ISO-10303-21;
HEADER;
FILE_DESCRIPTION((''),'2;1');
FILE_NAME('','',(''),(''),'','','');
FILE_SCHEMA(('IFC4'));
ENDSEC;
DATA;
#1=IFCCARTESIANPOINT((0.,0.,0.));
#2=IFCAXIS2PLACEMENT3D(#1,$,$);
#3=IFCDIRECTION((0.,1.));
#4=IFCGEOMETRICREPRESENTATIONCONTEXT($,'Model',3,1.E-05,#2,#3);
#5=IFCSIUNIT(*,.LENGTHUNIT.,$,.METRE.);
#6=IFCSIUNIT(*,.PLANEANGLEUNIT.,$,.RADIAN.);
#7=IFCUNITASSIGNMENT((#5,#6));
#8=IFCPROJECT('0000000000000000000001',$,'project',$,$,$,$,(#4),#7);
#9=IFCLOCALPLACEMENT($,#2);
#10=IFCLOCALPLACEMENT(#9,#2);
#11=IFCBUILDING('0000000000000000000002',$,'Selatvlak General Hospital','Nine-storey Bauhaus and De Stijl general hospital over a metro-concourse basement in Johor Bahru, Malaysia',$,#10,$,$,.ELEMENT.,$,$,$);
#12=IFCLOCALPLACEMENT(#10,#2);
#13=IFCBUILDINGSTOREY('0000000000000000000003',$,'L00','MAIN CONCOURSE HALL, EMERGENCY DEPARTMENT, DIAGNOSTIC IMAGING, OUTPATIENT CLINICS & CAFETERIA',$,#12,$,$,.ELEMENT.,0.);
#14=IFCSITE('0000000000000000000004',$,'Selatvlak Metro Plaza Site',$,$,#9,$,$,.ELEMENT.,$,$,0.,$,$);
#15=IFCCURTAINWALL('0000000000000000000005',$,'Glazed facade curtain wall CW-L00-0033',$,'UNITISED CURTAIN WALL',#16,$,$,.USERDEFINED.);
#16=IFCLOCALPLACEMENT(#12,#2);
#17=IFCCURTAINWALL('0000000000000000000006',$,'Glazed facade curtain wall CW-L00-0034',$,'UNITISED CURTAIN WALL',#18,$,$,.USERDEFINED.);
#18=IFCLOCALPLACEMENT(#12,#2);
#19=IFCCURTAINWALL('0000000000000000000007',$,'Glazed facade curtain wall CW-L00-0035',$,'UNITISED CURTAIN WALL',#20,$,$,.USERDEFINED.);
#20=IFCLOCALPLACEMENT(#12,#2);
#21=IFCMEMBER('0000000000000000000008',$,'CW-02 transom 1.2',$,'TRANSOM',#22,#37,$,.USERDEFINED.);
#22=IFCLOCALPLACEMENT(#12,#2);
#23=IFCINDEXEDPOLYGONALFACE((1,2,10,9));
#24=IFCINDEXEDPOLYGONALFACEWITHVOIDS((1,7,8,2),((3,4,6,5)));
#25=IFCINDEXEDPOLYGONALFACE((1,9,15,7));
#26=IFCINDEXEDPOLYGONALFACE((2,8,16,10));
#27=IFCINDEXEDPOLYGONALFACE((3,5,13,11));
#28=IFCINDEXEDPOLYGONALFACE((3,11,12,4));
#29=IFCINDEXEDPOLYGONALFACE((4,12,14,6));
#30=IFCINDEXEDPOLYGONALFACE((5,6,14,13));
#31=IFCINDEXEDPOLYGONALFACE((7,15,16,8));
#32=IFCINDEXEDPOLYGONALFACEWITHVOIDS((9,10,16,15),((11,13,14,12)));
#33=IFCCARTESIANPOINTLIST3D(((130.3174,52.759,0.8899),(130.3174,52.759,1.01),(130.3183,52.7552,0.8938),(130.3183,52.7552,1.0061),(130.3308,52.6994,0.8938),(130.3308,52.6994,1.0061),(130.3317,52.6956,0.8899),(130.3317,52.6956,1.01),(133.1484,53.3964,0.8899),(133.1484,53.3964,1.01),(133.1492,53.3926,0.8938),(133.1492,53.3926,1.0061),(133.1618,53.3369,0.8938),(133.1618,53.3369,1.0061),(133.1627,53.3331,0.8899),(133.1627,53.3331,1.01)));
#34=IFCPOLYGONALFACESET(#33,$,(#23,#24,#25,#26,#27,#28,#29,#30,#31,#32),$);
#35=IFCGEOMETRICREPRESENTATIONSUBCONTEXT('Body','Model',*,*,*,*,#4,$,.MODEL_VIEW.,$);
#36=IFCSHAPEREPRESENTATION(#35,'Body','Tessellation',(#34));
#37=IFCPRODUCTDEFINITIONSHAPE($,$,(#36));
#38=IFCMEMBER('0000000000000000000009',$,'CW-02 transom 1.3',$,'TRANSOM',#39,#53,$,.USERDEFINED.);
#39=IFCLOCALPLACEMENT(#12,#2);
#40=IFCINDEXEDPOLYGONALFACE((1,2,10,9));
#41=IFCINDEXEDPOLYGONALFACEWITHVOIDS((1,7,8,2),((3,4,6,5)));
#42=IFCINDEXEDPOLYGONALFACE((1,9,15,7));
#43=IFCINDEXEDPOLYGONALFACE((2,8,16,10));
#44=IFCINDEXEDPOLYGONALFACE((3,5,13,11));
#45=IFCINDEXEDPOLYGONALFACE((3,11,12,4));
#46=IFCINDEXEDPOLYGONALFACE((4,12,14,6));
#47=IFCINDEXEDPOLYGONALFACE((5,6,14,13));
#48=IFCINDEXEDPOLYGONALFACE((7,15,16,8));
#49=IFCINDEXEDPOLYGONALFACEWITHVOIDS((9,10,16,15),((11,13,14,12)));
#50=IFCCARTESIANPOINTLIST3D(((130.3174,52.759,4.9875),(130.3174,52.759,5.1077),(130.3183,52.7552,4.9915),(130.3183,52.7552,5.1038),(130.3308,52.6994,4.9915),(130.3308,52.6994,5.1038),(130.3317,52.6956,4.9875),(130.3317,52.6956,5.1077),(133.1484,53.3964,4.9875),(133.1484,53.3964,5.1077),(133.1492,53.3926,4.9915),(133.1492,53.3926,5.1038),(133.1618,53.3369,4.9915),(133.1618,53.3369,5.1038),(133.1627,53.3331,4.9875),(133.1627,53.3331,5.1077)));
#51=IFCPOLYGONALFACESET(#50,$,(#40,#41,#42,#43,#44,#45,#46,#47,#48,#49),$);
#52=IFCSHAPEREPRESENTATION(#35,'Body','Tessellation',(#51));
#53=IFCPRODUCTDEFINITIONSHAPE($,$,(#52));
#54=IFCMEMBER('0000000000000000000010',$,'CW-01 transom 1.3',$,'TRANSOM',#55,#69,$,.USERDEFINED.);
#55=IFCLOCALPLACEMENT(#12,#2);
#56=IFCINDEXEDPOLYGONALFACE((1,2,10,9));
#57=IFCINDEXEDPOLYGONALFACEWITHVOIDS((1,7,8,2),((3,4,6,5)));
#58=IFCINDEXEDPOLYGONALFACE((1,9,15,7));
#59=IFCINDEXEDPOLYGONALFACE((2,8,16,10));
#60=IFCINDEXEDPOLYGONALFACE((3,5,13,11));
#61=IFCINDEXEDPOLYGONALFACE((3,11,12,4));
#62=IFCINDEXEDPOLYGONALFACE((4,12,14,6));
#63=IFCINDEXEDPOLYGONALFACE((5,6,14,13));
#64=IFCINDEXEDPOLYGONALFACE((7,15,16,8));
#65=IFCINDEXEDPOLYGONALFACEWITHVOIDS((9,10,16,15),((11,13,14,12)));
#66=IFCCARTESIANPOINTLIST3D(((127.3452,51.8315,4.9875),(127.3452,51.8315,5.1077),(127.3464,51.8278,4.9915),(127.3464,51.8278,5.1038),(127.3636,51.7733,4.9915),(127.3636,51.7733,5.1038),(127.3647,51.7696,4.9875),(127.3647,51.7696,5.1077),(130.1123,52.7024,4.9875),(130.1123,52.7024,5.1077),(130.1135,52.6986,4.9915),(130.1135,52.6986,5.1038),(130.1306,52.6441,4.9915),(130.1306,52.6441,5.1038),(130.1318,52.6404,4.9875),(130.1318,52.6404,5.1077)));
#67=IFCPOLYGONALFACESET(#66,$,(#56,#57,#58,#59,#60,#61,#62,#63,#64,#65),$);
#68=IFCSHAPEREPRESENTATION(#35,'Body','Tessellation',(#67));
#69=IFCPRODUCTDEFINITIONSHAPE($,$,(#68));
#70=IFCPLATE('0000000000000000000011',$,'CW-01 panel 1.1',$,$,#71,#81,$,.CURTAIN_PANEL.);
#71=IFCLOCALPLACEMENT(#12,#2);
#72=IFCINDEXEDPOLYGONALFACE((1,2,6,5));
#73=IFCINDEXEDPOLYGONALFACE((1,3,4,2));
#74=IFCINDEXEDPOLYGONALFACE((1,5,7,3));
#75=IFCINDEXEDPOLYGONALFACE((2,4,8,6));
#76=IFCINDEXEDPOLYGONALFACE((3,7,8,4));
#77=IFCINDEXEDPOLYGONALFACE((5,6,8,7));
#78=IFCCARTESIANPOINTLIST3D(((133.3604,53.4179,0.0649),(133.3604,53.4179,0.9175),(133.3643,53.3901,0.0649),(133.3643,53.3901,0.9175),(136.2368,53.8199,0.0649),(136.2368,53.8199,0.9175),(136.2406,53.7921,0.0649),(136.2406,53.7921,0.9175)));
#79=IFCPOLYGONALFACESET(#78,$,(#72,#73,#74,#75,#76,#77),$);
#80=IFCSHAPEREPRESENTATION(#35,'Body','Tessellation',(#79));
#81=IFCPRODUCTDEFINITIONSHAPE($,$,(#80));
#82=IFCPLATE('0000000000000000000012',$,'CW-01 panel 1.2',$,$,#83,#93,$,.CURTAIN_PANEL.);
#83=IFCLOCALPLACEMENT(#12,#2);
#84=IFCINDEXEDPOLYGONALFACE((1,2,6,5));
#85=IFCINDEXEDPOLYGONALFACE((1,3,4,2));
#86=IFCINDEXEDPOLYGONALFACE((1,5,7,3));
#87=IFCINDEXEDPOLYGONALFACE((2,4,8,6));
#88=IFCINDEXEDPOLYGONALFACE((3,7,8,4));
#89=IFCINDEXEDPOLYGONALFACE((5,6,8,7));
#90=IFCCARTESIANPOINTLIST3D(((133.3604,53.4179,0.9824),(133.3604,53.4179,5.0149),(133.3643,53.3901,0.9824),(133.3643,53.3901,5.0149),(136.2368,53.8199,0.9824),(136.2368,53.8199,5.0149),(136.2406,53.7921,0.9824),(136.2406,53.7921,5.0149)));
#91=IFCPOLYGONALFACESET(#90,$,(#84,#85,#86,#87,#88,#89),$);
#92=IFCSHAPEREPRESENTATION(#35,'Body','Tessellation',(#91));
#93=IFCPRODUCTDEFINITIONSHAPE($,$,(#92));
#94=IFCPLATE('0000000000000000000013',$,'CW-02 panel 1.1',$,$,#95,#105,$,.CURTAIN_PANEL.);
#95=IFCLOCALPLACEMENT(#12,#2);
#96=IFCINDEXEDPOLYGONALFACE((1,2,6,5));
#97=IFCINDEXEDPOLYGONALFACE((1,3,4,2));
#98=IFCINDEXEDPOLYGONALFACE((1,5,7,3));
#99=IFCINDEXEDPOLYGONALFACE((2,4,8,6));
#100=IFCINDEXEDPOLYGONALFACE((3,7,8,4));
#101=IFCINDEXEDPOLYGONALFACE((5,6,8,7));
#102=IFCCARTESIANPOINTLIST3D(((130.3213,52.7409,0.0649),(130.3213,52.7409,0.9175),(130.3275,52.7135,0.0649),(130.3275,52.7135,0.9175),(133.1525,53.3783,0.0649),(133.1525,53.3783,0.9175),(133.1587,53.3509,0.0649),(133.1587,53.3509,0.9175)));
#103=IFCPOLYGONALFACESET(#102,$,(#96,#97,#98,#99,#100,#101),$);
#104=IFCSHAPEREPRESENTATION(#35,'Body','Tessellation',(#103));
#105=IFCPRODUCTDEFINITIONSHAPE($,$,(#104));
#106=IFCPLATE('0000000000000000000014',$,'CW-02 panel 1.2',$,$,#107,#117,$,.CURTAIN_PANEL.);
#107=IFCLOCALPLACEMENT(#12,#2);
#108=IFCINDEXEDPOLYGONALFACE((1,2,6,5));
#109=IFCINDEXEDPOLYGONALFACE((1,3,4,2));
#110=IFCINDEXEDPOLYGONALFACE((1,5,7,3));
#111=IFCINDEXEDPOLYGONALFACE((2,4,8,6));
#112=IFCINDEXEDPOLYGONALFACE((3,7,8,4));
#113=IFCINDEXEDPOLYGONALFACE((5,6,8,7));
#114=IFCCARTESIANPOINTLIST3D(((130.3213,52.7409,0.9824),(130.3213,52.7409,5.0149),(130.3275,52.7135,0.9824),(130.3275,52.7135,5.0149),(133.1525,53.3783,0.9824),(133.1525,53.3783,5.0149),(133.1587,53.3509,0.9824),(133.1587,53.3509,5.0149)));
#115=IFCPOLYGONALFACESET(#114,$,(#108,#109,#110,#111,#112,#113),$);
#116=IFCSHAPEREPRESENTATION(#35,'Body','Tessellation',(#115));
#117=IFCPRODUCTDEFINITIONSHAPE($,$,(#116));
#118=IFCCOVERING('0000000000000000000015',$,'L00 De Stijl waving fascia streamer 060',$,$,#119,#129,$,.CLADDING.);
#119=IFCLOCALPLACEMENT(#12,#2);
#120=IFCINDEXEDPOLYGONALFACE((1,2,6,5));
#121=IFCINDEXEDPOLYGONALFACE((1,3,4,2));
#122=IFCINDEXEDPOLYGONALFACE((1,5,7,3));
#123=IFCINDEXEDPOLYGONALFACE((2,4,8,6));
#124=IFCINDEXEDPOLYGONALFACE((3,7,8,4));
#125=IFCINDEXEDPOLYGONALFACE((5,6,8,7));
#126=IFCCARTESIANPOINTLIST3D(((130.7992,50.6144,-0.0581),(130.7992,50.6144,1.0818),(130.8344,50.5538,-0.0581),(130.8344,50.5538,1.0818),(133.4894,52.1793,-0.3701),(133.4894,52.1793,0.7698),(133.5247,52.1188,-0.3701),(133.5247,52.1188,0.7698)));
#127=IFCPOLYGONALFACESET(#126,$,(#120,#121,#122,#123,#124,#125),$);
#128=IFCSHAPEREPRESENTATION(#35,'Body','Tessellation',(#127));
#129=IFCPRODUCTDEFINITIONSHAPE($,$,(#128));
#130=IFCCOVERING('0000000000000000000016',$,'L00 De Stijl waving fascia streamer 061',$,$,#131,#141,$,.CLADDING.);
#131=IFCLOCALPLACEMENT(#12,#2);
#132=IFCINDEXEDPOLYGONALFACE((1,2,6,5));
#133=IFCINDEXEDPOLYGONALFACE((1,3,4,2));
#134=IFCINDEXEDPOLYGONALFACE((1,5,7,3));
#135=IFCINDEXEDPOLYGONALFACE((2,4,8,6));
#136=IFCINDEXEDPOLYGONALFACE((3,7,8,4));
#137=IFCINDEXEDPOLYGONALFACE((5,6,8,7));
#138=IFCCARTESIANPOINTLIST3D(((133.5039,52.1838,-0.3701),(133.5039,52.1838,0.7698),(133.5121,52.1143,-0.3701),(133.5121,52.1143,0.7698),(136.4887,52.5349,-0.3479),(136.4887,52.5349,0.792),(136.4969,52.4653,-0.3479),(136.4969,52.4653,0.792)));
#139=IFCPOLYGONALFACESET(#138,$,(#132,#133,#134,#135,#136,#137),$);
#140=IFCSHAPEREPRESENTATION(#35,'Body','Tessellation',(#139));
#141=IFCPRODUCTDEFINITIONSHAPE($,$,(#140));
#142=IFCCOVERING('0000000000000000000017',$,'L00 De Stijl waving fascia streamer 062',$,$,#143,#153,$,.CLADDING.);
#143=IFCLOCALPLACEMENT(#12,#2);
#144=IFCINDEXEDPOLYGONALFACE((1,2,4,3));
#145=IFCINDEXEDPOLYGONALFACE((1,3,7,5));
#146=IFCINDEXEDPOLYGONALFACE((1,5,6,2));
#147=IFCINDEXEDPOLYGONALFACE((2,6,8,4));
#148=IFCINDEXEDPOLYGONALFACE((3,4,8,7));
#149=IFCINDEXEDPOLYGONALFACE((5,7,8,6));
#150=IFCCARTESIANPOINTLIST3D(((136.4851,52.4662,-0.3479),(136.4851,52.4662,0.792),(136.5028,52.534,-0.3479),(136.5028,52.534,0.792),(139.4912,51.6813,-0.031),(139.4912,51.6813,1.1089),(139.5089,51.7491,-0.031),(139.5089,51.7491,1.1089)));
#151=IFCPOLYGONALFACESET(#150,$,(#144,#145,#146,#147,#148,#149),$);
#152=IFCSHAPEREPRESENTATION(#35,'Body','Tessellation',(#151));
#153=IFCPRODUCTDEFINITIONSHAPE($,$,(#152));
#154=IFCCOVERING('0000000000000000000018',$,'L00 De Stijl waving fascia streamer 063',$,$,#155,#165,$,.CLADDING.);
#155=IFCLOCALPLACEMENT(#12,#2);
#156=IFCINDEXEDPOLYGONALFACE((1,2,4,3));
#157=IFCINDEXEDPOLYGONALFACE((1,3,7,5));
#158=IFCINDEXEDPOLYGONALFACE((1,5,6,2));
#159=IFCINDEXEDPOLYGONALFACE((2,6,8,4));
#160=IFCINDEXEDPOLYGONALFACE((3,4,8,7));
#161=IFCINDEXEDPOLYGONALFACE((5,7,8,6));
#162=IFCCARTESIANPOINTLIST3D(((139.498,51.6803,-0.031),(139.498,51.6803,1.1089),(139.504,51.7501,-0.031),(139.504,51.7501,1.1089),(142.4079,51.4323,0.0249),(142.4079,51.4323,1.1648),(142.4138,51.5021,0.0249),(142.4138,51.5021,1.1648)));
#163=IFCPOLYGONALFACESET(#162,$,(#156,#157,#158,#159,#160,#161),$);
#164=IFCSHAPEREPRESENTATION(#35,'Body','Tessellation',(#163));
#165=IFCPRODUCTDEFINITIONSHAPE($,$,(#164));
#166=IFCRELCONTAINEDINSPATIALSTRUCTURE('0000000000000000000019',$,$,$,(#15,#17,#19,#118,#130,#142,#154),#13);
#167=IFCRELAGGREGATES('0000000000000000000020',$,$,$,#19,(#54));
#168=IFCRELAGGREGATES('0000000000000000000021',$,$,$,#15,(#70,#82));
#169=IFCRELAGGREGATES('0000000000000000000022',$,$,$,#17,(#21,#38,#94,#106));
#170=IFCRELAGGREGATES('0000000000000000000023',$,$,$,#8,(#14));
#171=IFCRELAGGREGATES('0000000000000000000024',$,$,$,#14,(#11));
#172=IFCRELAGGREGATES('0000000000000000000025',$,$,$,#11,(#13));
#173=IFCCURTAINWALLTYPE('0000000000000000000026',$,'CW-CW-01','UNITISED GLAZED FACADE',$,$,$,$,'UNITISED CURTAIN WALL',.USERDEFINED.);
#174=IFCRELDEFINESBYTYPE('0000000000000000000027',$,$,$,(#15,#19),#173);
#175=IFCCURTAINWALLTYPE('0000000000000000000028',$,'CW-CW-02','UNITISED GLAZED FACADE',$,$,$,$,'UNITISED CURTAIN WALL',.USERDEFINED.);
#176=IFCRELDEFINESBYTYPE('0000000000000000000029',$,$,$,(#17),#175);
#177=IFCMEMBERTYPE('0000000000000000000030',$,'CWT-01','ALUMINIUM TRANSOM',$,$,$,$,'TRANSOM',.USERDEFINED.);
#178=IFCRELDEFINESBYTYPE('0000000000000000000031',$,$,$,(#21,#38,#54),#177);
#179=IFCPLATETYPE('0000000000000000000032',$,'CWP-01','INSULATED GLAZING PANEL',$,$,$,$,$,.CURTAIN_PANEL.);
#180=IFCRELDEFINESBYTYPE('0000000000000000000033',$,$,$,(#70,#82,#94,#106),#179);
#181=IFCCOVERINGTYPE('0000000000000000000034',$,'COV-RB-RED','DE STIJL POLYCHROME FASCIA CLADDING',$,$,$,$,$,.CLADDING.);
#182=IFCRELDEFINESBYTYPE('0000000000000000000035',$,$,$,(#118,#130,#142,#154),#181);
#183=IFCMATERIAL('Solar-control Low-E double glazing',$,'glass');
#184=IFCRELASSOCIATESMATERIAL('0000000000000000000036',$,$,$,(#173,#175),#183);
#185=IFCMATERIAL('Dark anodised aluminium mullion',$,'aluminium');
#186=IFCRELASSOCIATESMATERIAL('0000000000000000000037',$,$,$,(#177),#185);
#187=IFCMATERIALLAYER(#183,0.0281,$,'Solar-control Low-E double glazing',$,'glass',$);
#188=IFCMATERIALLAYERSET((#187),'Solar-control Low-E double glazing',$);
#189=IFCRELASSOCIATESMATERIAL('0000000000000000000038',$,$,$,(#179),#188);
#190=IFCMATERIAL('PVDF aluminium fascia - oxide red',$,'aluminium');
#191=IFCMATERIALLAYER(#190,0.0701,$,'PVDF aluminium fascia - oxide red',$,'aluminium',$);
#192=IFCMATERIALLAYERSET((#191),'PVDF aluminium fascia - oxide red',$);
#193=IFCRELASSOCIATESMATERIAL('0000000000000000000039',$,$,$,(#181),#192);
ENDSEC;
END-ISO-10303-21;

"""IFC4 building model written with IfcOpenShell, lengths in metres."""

from ifc_helpers import new_model, si_unit, direction, frame, origin, origin_2d, place, context, subcontext, project, spatial, polyline, rectangle, hollow_rectangle, outline, extrude, material, layer, layer_set, material_profile, profile_set, type_object, element, aggregate, save


model = new_model("IFC4")

# Units and contexts
model_context = context("Model", 3, precision=1e-05, world=origin(), true_north=direction((0.0, 1.0)))
body_context = subcontext(model_context, "Body", "Model", "MODEL_VIEW")
ifc_project = project(units=[si_unit("LENGTHUNIT", "METRE"), si_unit("PLANEANGLEUNIT", "RADIAN")], contexts=[model_context])

# Site, building, storey
site_placement = place(None, origin())
site = spatial("IfcSite", under=ifc_project, at=site_placement, Name="Selatvlak Metro Plaza Site", CompositionType="ELEMENT", RefElevation=0.0)
building_placement = place(site_placement, origin())
building = spatial("IfcBuilding", under=site, at=building_placement, Name="Selatvlak General Hospital", Description="Nine-storey Bauhaus and De Stijl general hospital over a metro-concourse basement in Johor Bahru, Malaysia", CompositionType="ELEMENT")
storey_placement = place(building_placement, origin())
storey = spatial("IfcBuildingStorey", under=building, at=storey_placement, Name="L00", Description="MAIN CONCOURSE HALL, EMERGENCY DEPARTMENT, DIAGNOSTIC IMAGING, OUTPATIENT CLINICS & CAFETERIA", CompositionType="ELEMENT", Elevation=0.0)

# Curtain wall
ifc_material_1 = material(Name="Solar-control Low-E double glazing", Category="glass")
curtain_wall_type_1 = type_object("IfcCurtainWallType", Name="CW-CW-01", Description="UNITISED GLAZED FACADE", ElementType="UNITISED CURTAIN WALL", PredefinedType="USERDEFINED", material=ifc_material_1)
curtain_wall_1_placement = place(storey_placement, origin())
curtain_wall_1 = element("IfcCurtainWall", 1, at=curtain_wall_1_placement, inside=storey, type_object=curtain_wall_type_1, Name="Glazed facade curtain wall CW-L00-0033", ObjectType="UNITISED CURTAIN WALL", PredefinedType="USERDEFINED")
ifc_material_2 = material(Name="Dark anodised aluminium mullion", Category="aluminium")

# Curtain wall
curtain_wall_type_2 = type_object("IfcCurtainWallType", Name="CW-CW-02", Description="UNITISED GLAZED FACADE", ElementType="UNITISED CURTAIN WALL", PredefinedType="USERDEFINED", material=ifc_material_1)
curtain_wall_2_placement = place(storey_placement, origin())
curtain_wall_2 = element("IfcCurtainWall", 2, at=curtain_wall_2_placement, inside=storey, type_object=curtain_wall_type_2, Name="Glazed facade curtain wall CW-L00-0034", ObjectType="UNITISED CURTAIN WALL", PredefinedType="USERDEFINED")

# Curtain wall
curtain_wall_3_placement = place(storey_placement, origin())
curtain_wall_3 = element("IfcCurtainWall", 3, at=curtain_wall_3_placement, inside=storey, type_object=curtain_wall_type_1, Name="Glazed facade curtain wall CW-L00-0035", ObjectType="UNITISED CURTAIN WALL", PredefinedType="USERDEFINED")

# Members
ifc_material_profile_1 = material_profile(ifc_material_2, hollow_rectangle(XDim=0.0649, YDim=0.1201, WallThickness=0.0039, at=origin_2d()), Name="AL-TRN 65x120x4")
ifc_profile_set_1 = profile_set([ifc_material_profile_1], Name="Dark anodised aluminium mullion")
member_type_1 = type_object("IfcMemberType", Name="CWT-01", Description="ALUMINIUM TRANSOM", ElementType="TRANSOM", PredefinedType="USERDEFINED", material=ifc_profile_set_1)
member_1_placement = place(storey_placement, frame((133.1555, 53.3647, 0.95), z_axis=(-0.975576, -0.219664, 0.0), x_axis=(0.219664, -0.975576, 0.0)))
member_1 = element("IfcMember", 4, at=member_1_placement, type_object=member_type_1, Name="CW-02 transom 1.2", ObjectType="TRANSOM", PredefinedType="USERDEFINED", context=body_context, shape_type="SweptSolid", body=[
    extrude(hollow_rectangle(XDim=0.0649, YDim=0.1201, WallThickness=0.0039, at=origin_2d()), origin(), (0.0, 0.0, 1.0), 2.9019),
])
member_2_placement = place(storey_placement, frame((133.1555, 53.3647, 5.0476), z_axis=(-0.975576, -0.219664, 0.0), x_axis=(0.219664, -0.975576, 0.0)))
member_2 = element("IfcMember", 5, at=member_2_placement, type_object=member_type_1, Name="CW-02 transom 1.3", ObjectType="TRANSOM", PredefinedType="USERDEFINED", context=body_context, shape_type="SweptSolid", body=[
    extrude(hollow_rectangle(XDim=0.0649, YDim=0.1201, WallThickness=0.0039, at=origin_2d()), origin(), (0.0, 0.0, 1.0), 2.9019),
])
member_3_placement = place(storey_placement, frame((130.1221, 52.6714, 5.0476), z_axis=(-0.953876, -0.300201, 0.0), x_axis=(0.300201, -0.953876, 0.0)))
member_3 = element("IfcMember", 6, at=member_3_placement, type_object=member_type_1, Name="CW-01 transom 1.3", ObjectType="TRANSOM", PredefinedType="USERDEFINED", context=body_context, shape_type="SweptSolid", body=[
    extrude(hollow_rectangle(XDim=0.0649, YDim=0.1201, WallThickness=0.0039, at=origin_2d()), origin(), (0.0, 0.0, 1.0), 2.9009),
])
aggregate(curtain_wall_3, [member_3])

# Plates
ifc_layer_1 = layer(ifc_material_1, 0.0281, Name="Solar-control Low-E double glazing", Category="glass")
ifc_layer_set_1 = layer_set([ifc_layer_1], Name="Solar-control Low-E double glazing")
plate_type = type_object("IfcPlateType", Name="CWP-01", Description="INSULATED GLAZING PANEL", PredefinedType="CURTAIN_PANEL", material=ifc_layer_set_1)
plate_1_placement = place(storey_placement, frame((134.8005, 53.605, 0.0649), z_axis=(0.0, 0.0, 1.0), x_axis=(-0.990373, -0.138422, 0.0)))
plate_1 = element("IfcPlate", 7, at=plate_1_placement, type_object=plate_type, Name="CW-01 panel 1.1", PredefinedType="CURTAIN_PANEL", context=body_context, shape_type="SweptSolid", body=[
    extrude(rectangle(XDim=2.9043, YDim=0.0281, at=origin_2d()), origin(), (0.0, 0.0, 1.0), 0.8525),
])
plate_2_placement = place(storey_placement, frame((134.8005, 53.605, 0.9824), z_axis=(0.0, 0.0, 1.0), x_axis=(-0.990373, -0.138422, 0.0)))
plate_2 = element("IfcPlate", 8, at=plate_2_placement, type_object=plate_type, Name="CW-01 panel 1.2", PredefinedType="CURTAIN_PANEL", context=body_context, shape_type="SweptSolid", body=[
    extrude(rectangle(XDim=2.9043, YDim=0.0281, at=origin_2d()), origin(), (0.0, 0.0, 1.0), 4.0325),
])
aggregate(curtain_wall_1, [plate_1, plate_2])
plate_3_placement = place(storey_placement, frame((131.74, 53.0459, 0.0649), z_axis=(0.0, 0.0, 1.0), x_axis=(-0.975578, -0.219653, 0.0)))
plate_3 = element("IfcPlate", 9, at=plate_3_placement, type_object=plate_type, Name="CW-02 panel 1.1", PredefinedType="CURTAIN_PANEL", context=body_context, shape_type="SweptSolid", body=[
    extrude(rectangle(XDim=2.9021, YDim=0.0281, at=origin_2d()), origin(), (0.0, 0.0, 1.0), 0.8525),
])
plate_4_placement = place(storey_placement, frame((131.74, 53.0459, 0.9824), z_axis=(0.0, 0.0, 1.0), x_axis=(-0.975578, -0.219653, 0.0)))
plate_4 = element("IfcPlate", 10, at=plate_4_placement, type_object=plate_type, Name="CW-02 panel 1.2", PredefinedType="CURTAIN_PANEL", context=body_context, shape_type="SweptSolid", body=[
    extrude(rectangle(XDim=2.9021, YDim=0.0281, at=origin_2d()), origin(), (0.0, 0.0, 1.0), 4.0325),
])
aggregate(curtain_wall_2, [member_1, member_2, plate_3, plate_4])

# Coverings
ifc_material_3 = material(Name="PVDF aluminium fascia - oxide red", Category="aluminium")
ifc_layer_2 = layer(ifc_material_3, 0.0701, Name="PVDF aluminium fascia - oxide red", Category="aluminium")
ifc_layer_set_2 = layer_set([ifc_layer_2], Name="PVDF aluminium fascia - oxide red")
covering_type = type_object("IfcCoveringType", Name="COV-RB-RED", Description="DE STIJL POLYCHROME FASCIA CLADDING", PredefinedType="CLADDING", material=ifc_layer_set_2)
covering_1_placement = place(storey_placement, frame((130.8169, 50.584, -0.0581), z_axis=(0.0, 0.0, 1.0), x_axis=(0.864384, 0.502832, 0.0)))
element("IfcCovering", 11, at=covering_1_placement, inside=storey, type_object=covering_type, Name="L00 De Stijl waving fascia streamer 060", PredefinedType="CLADDING", context=body_context, shape_type="SweptSolid", body=[
    extrude(outline(polyline([(0.0, 0.0), (3.1123, -0.312), (3.1123, 0.8279), (0.0, 1.1399), (0.0, 0.0)])), frame((0.0, 0.0352, 0.0), z_axis=(0.0, -1.0, 0.0), x_axis=(1.0, 0.0, 0.0)), (0.0, 0.0, 1.0), 0.0701),
])
covering_2_placement = place(storey_placement, frame((133.5081, 52.1489, -0.3701), z_axis=(0.0, 0.0, 1.0), x_axis=(0.993154, 0.116813, 0.0)))
element("IfcCovering", 12, at=covering_2_placement, inside=storey, type_object=covering_type, Name="L00 De Stijl waving fascia streamer 061", PredefinedType="CLADDING", context=body_context, shape_type="SweptSolid", body=[
    extrude(outline(polyline([(0.0, 0.0), (3.0054, 0.0222), (3.0054, 1.1621), (0.0, 1.1399), (0.0, 0.0)])), frame((0.0, 0.0352, 0.0), z_axis=(0.0, -1.0, 0.0), x_axis=(1.0, 0.0, 0.0)), (0.0, 0.0, 1.0), 0.0701),
])
covering_3_placement = place(storey_placement, frame((136.4939, 52.5, -0.3479), z_axis=(0.0, 0.0, 1.0), x_axis=(0.967561, -0.252636, 0.0)))
element("IfcCovering", 13, at=covering_3_placement, inside=storey, type_object=covering_type, Name="L00 De Stijl waving fascia streamer 062", PredefinedType="CLADDING", context=body_context, shape_type="SweptSolid", body=[
    extrude(outline(polyline([(0.0, 0.0), (3.1069, 0.3169), (3.1069, 1.4568), (0.0, 1.1399), (0.0, 0.0)])), frame((0.0, 0.0352, 0.0), z_axis=(0.0, -1.0, 0.0), x_axis=(1.0, 0.0, 0.0)), (0.0, 0.0, 1.0), 0.0701),
])
covering_4_placement = place(storey_placement, frame((139.501, 51.7151, -0.031), z_axis=(0.0, 0.0, 1.0), x_axis=(0.996387, -0.084934, 0.0)))
element("IfcCovering", 14, at=covering_4_placement, inside=storey, type_object=covering_type, Name="L00 De Stijl waving fascia streamer 063", PredefinedType="CLADDING", context=body_context, shape_type="SweptSolid", body=[
    extrude(outline(polyline([(0.0, 0.0), (2.9204, 0.0559), (2.9204, 1.1958), (0.0, 1.1399), (0.0, 0.0)])), frame((0.0, 0.0352, 0.0), z_axis=(0.0, -1.0, 0.0), x_axis=(1.0, 0.0, 0.0)), (0.0, 0.0, 1.0), 0.0701),
])

save(model, "model.ifc")
